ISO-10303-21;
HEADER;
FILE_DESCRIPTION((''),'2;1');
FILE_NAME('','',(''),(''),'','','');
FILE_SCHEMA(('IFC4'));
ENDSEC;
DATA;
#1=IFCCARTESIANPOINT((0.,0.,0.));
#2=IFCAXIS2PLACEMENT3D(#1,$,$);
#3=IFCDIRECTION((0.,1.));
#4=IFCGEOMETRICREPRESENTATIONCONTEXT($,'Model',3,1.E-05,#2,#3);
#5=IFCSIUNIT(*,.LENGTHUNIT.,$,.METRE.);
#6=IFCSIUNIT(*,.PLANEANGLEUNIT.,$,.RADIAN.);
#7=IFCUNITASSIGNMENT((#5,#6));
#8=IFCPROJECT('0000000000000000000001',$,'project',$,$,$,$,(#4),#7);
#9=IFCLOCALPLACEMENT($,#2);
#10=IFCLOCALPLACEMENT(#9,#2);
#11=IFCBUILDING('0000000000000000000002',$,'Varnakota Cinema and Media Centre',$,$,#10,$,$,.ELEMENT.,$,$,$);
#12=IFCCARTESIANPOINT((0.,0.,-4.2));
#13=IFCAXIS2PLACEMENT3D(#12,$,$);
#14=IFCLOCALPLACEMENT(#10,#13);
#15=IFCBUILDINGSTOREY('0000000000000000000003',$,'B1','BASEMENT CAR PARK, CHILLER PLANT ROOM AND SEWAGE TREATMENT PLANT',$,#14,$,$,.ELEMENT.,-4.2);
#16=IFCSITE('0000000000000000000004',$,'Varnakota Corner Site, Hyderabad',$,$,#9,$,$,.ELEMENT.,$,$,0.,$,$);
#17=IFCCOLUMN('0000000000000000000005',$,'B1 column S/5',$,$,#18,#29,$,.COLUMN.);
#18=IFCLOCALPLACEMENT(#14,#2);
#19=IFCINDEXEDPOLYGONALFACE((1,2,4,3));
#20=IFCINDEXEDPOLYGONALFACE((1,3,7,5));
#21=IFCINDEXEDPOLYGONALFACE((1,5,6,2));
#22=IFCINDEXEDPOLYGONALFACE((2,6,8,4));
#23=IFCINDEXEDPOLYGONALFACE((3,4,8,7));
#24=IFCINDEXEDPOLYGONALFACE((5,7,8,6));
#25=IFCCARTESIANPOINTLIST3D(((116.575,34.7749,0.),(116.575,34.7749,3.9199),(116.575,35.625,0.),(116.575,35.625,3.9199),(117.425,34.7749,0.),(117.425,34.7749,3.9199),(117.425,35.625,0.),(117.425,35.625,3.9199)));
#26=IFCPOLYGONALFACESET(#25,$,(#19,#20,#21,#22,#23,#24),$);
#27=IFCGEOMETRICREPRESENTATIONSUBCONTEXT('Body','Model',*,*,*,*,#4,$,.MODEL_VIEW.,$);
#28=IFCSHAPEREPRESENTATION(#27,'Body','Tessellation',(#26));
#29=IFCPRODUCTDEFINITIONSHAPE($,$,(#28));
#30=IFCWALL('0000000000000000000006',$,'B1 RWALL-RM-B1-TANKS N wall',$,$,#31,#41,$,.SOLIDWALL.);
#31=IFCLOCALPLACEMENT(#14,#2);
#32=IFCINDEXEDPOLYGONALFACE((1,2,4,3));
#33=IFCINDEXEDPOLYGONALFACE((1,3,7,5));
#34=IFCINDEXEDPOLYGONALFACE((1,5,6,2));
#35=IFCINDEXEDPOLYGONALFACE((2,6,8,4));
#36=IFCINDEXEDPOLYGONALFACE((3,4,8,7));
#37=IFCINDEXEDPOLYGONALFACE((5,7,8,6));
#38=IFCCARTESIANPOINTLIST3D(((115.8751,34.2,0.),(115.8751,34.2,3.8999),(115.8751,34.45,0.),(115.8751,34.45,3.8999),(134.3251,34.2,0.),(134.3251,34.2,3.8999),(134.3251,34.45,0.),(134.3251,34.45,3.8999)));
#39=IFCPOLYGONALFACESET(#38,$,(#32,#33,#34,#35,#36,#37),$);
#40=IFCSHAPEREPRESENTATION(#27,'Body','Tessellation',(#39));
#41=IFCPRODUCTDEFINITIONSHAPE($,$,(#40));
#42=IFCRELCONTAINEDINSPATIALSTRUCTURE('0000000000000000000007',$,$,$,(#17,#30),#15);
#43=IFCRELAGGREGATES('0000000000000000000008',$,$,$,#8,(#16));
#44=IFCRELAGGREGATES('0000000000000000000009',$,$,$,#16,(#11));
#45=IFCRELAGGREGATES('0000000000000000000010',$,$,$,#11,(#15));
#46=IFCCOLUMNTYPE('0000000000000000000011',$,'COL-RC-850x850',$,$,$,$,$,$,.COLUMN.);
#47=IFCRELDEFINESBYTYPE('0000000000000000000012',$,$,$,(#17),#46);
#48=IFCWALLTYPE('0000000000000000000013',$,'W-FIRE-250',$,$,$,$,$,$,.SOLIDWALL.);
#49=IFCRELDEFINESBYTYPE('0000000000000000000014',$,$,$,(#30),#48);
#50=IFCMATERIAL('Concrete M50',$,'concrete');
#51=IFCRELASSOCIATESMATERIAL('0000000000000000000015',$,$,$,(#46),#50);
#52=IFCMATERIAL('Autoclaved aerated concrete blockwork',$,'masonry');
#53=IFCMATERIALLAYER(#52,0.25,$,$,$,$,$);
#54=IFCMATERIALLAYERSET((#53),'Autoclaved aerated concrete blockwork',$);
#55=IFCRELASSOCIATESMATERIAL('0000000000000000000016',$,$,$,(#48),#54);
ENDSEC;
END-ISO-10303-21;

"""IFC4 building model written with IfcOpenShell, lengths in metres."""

from ifc_helpers import new_model, si_unit, direction, frame, frame_2d, origin, origin_2d, place, context, subcontext, project, spatial, rectangle, extrude, material, layer, layer_set, material_profile, profile_set, type_object, element, save


model = new_model("IFC4")

# Units and contexts
model_context = context("Model", 3, precision=1e-05, world=origin(), true_north=direction((0.0, 1.0)))
body_context = subcontext(model_context, "Body", "Model", "MODEL_VIEW")
ifc_project = project(units=[si_unit("LENGTHUNIT", "METRE"), si_unit("PLANEANGLEUNIT", "RADIAN")], contexts=[model_context])

# Site, building, storey
site_placement = place(None, origin())
site = spatial("IfcSite", under=ifc_project, at=site_placement, Name="Varnakota Corner Site, Hyderabad", CompositionType="ELEMENT", RefElevation=0.0)
building_placement = place(site_placement, origin())
building = spatial("IfcBuilding", under=site, at=building_placement, Name="Varnakota Cinema and Media Centre", CompositionType="ELEMENT")
storey_placement = place(building_placement, frame((0.0, 0.0, -4.2)))
storey = spatial("IfcBuildingStorey", under=building, at=storey_placement, Name="B1", Description="BASEMENT CAR PARK, CHILLER PLANT ROOM AND SEWAGE TREATMENT PLANT", CompositionType="ELEMENT", Elevation=-4.2)

# Column
ifc_material_1 = material(Name="Concrete M50", Category="concrete")
ifc_material_profile_1 = material_profile(ifc_material_1, rectangle(XDim=0.8501, YDim=0.8501, at=origin_2d()), Name="RC 850x850")
ifc_profile_set_1 = profile_set([ifc_material_profile_1], Name="Concrete M50")
column_type_1 = type_object("IfcColumnType", Name="COL-RC-850x850", PredefinedType="COLUMN", material=ifc_profile_set_1)
for number, where, z_axis, x_axis, name in (
    (1, (117.0, 35.2, 0.0), (0.0, 0.0, 1.0), (1.0, 0.0, 0.0), "B1 column S/5"),
):
    element("IfcColumn", number, at=place(storey_placement, frame(where, z_axis=z_axis, x_axis=x_axis)), inside=storey, type_object=column_type_1, Name=name, PredefinedType="COLUMN", context=body_context, shape_type="SweptSolid", body=[
        extrude(rectangle(XDim=0.8501, YDim=0.8501, at=origin_2d()), origin(), (0.0, 0.0, 1.0), 3.9199),
    ])

# Wall
ifc_material_2 = material(Name="Autoclaved aerated concrete blockwork", Category="masonry")
ifc_layer = layer(ifc_material_2, 0.25)
ifc_layer_set = layer_set([ifc_layer], Name="Autoclaved aerated concrete blockwork")
wall_type = type_object("IfcWallType", Name="W-FIRE-250", PredefinedType="SOLIDWALL", material=ifc_layer_set)
wall_placement = place(storey_placement, frame((115.875, 34.325, 0.0), z_axis=(0.0, 0.0, 1.0), x_axis=(1.0, 0.0, 0.0)))
element("IfcWall", 2, at=wall_placement, inside=storey, type_object=wall_type, Name="B1 RWALL-RM-B1-TANKS N wall", PredefinedType="SOLIDWALL", context=body_context, shape_type="SweptSolid", body=[
    extrude(rectangle(XDim=18.45, YDim=0.25, at=frame_2d((9.2251, 0.0))), origin(), (0.0, 0.0, 1.0), 3.8999),
])

save(model, "model.ifc")
